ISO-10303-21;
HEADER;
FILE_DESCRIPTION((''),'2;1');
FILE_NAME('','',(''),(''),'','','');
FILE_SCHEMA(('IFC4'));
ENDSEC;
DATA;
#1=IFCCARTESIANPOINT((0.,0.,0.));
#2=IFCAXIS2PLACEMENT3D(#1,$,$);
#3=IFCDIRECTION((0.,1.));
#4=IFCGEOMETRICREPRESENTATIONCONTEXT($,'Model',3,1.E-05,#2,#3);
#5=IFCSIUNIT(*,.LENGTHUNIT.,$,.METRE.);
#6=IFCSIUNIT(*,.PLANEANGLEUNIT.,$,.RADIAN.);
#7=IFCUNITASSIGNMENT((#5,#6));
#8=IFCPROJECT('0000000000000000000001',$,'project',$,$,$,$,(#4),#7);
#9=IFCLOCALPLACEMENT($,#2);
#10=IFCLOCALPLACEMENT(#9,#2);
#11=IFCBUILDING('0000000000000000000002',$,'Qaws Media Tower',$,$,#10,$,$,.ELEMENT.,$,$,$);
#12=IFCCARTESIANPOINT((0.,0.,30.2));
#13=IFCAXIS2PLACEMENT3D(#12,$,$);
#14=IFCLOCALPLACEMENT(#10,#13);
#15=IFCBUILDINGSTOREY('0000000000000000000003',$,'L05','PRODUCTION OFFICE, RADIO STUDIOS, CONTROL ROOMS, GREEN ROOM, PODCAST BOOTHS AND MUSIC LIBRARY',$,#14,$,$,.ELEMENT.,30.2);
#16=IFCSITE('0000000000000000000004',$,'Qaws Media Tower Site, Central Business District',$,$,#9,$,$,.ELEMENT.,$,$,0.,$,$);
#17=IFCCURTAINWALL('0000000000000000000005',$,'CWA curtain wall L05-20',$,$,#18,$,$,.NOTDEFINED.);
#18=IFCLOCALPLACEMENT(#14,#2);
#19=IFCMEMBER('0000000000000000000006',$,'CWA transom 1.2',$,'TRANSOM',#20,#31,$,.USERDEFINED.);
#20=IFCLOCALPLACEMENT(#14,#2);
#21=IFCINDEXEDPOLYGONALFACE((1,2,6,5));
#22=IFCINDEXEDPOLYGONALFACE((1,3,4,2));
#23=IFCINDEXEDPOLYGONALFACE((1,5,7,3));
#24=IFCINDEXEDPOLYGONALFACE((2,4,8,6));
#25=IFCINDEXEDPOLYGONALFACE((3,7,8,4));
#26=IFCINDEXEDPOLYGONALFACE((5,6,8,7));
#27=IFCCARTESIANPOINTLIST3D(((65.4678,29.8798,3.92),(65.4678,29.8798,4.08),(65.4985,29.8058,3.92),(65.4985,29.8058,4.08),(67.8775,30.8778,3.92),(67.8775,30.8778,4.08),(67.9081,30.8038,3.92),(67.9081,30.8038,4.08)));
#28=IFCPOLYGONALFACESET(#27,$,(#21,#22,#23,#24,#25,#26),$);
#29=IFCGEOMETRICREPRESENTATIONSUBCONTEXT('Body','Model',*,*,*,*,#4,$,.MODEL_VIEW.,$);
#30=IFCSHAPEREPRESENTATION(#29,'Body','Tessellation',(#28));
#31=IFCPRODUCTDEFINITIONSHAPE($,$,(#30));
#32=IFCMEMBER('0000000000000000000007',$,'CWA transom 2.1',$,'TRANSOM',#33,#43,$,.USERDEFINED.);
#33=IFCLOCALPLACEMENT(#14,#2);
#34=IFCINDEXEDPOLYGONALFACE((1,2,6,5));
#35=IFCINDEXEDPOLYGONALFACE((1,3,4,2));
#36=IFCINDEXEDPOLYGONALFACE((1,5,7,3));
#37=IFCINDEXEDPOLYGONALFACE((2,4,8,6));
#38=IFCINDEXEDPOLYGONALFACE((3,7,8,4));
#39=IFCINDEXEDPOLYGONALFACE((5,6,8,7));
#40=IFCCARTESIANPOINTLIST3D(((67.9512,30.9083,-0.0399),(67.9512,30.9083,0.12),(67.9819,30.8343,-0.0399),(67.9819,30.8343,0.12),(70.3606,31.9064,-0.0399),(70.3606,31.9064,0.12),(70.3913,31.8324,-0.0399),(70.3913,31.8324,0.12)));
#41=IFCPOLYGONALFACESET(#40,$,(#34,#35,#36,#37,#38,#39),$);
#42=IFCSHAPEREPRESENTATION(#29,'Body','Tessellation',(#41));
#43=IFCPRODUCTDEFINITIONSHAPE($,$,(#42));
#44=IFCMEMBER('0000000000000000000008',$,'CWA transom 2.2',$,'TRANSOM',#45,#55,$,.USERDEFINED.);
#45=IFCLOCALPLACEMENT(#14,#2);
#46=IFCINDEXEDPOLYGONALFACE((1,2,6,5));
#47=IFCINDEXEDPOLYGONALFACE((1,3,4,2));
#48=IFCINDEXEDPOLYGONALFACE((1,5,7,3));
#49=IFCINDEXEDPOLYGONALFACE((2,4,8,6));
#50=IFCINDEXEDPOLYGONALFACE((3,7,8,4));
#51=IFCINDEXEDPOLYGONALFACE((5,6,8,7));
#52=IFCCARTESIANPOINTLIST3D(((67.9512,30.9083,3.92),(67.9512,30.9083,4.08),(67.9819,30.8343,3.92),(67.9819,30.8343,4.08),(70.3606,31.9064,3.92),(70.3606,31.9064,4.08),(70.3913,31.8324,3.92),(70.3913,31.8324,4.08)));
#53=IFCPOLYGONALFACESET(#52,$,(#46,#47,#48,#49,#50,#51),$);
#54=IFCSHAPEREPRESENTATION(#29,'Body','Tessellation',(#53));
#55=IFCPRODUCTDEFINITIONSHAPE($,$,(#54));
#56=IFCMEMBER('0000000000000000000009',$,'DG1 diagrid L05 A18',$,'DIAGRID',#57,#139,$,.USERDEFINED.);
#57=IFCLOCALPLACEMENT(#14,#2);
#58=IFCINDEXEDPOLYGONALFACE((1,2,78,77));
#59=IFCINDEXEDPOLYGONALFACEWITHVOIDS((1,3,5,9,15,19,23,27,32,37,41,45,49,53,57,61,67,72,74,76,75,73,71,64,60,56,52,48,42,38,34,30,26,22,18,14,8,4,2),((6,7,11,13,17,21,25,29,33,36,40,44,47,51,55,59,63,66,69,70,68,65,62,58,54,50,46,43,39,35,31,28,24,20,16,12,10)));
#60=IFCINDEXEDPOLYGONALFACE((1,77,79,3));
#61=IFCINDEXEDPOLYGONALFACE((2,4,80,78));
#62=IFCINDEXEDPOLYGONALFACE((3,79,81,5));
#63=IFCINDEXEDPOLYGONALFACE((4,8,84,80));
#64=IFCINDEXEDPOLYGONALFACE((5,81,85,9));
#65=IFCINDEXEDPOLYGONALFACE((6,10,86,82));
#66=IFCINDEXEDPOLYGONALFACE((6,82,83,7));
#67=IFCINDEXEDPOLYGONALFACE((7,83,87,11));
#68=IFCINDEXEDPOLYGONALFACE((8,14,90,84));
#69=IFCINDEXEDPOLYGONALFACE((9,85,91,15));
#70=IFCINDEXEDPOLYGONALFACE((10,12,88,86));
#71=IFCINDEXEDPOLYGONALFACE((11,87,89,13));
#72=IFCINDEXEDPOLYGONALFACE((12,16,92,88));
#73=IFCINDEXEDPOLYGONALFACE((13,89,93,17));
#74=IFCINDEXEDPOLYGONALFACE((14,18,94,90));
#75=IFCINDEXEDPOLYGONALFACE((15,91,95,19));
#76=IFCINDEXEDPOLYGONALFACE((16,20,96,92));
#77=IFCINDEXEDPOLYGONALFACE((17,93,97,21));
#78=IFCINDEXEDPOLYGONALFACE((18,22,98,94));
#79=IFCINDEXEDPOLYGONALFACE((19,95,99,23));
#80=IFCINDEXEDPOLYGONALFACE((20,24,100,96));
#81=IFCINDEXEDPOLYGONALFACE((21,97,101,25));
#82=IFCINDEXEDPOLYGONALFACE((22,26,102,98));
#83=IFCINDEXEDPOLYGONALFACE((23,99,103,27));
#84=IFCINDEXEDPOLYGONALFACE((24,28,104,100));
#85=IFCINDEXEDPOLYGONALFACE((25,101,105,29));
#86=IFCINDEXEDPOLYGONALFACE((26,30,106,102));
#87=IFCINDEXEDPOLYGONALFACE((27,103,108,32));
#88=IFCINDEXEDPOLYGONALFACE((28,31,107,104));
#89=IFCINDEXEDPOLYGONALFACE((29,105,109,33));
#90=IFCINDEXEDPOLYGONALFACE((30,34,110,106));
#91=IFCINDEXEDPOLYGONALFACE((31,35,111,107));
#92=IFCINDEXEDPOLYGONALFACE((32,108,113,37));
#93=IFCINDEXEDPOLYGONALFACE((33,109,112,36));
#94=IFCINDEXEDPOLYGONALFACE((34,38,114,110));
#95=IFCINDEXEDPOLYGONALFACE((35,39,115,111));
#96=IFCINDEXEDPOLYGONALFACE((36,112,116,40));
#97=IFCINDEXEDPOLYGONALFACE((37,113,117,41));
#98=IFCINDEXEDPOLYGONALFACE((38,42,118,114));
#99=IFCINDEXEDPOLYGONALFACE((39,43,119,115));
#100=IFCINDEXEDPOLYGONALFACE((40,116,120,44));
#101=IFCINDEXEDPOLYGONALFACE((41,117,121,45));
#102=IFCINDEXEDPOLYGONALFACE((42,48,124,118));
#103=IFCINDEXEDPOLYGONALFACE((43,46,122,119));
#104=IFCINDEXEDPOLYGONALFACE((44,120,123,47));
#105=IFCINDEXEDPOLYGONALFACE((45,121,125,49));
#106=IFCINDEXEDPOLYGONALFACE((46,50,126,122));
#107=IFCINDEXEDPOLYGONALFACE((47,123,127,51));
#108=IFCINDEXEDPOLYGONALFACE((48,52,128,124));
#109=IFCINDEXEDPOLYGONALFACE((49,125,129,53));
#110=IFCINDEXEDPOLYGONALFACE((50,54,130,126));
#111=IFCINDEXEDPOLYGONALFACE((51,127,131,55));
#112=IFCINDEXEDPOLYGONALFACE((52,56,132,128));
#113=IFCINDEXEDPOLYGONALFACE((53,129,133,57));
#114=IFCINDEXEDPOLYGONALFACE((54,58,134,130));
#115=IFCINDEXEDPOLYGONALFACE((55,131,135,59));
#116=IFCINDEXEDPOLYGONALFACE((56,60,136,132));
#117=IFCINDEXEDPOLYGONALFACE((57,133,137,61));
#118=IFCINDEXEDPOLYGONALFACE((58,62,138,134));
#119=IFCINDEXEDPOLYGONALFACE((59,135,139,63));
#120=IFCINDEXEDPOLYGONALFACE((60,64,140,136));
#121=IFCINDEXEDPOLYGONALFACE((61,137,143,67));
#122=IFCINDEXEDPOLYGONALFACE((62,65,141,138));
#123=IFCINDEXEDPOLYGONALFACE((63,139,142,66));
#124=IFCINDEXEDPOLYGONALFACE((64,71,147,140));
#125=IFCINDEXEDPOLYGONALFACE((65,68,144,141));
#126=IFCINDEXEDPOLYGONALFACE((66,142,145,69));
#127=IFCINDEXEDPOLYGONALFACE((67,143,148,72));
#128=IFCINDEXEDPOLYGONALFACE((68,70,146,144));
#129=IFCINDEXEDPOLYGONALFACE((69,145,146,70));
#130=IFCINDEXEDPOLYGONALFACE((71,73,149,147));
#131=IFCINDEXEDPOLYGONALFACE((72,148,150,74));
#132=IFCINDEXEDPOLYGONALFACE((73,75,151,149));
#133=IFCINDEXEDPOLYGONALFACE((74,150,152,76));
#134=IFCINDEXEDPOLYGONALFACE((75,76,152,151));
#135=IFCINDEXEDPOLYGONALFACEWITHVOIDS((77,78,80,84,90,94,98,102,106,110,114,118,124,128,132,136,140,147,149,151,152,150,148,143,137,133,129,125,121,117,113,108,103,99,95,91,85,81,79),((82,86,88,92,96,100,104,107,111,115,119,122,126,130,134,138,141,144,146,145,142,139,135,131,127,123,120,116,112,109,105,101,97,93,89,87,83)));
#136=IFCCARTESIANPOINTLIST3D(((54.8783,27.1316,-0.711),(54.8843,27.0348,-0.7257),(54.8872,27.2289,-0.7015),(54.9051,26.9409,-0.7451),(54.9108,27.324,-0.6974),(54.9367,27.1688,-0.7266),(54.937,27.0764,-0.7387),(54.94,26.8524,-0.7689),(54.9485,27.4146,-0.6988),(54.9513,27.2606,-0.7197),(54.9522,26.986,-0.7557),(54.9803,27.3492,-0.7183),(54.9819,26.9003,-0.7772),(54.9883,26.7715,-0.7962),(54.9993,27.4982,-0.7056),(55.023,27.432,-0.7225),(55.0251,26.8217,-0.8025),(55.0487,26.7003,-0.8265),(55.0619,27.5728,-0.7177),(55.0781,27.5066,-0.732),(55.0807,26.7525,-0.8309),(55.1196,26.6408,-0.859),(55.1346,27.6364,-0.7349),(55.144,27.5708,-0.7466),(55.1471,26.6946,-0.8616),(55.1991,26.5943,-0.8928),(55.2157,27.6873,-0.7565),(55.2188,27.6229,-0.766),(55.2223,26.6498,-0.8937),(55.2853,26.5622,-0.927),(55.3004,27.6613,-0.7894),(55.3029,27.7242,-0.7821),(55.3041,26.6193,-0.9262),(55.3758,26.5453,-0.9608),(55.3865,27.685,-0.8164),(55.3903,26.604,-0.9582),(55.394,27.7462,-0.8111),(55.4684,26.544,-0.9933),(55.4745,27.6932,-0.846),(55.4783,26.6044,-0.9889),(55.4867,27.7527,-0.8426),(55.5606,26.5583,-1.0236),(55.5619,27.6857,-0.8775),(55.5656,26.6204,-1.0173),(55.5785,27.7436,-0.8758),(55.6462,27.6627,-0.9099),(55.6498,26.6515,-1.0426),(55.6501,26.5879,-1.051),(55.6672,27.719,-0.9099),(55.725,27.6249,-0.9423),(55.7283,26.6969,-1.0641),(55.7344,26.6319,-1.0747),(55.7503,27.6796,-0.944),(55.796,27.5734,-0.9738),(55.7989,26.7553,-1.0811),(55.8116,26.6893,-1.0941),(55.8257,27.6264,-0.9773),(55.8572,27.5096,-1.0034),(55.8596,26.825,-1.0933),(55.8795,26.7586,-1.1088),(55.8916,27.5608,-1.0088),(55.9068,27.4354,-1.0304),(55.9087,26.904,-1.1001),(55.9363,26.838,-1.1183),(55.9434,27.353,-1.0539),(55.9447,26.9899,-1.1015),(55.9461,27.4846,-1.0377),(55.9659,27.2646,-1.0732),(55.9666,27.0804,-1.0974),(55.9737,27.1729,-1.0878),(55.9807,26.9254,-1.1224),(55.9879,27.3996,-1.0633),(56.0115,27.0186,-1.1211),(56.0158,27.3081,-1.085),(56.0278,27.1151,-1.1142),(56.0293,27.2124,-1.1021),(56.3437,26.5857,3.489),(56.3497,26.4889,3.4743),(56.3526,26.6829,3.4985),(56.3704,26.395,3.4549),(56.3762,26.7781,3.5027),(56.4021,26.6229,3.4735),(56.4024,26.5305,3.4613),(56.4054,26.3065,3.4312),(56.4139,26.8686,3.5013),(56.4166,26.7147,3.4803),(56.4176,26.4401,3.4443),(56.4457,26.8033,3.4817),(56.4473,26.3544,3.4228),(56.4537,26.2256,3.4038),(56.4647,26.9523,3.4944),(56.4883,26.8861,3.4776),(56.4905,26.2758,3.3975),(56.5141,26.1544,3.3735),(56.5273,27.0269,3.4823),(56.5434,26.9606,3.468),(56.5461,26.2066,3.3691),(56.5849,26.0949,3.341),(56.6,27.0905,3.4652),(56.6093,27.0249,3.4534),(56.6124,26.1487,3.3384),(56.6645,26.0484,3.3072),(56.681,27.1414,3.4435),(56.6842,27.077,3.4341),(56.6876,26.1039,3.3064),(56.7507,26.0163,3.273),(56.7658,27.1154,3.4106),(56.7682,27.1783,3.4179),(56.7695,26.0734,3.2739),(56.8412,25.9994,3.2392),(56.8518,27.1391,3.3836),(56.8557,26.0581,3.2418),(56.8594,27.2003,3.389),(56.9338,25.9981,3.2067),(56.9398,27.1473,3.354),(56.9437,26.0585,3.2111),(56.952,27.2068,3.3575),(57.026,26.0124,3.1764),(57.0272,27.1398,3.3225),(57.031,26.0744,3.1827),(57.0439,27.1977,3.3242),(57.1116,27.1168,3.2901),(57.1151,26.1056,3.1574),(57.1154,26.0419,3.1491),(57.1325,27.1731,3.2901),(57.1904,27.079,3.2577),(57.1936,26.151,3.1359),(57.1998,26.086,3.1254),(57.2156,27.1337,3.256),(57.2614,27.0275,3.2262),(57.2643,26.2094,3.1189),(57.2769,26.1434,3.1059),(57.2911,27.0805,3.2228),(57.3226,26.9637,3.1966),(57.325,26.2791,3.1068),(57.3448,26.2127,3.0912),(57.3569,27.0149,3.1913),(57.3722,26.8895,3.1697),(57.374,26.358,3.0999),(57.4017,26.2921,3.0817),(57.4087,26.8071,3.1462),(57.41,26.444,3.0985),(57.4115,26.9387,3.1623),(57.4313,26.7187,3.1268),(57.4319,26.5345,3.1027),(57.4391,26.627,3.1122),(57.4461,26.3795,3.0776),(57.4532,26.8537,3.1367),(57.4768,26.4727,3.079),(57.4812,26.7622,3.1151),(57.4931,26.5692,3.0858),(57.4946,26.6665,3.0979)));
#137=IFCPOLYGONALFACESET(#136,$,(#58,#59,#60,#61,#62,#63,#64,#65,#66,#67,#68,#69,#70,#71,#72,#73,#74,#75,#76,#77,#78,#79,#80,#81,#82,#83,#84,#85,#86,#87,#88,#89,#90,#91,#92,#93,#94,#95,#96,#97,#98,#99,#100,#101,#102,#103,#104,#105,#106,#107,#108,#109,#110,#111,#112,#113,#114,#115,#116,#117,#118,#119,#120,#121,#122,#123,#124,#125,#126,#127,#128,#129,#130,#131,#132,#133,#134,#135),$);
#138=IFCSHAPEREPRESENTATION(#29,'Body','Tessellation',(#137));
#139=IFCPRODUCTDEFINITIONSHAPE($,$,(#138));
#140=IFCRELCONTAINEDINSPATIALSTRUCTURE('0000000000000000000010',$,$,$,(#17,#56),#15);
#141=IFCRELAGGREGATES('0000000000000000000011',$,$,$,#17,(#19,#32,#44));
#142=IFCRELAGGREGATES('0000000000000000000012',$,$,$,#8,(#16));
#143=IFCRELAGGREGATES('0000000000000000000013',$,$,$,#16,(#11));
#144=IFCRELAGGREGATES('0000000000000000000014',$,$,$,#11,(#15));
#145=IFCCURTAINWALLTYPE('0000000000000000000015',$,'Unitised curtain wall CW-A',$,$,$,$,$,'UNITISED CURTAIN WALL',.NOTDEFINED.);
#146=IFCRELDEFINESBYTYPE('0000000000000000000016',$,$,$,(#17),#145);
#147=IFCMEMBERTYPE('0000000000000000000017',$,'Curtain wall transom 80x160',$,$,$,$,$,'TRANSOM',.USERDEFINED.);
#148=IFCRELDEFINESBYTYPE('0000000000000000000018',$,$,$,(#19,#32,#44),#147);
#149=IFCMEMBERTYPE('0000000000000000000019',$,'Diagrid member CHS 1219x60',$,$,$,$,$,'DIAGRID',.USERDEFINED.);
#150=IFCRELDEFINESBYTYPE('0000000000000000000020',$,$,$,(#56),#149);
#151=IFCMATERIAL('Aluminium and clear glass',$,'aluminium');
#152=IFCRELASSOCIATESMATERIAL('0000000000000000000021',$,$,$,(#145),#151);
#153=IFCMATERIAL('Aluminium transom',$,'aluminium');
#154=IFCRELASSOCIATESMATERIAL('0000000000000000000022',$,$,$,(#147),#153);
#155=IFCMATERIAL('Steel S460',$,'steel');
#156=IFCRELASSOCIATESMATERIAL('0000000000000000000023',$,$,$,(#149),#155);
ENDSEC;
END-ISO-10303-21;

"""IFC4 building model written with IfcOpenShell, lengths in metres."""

from ifc_helpers import new_model, si_unit, direction, frame, origin, origin_2d, place, context, subcontext, project, spatial, rectangle, hollow_circle, extrude, material, material_profile, profile_set, type_object, element, aggregate, save


model = new_model("IFC4")

# Units and contexts
model_context = context("Model", 3, precision=1e-05, world=origin(), true_north=direction((0.0, 1.0)))
body_context = subcontext(model_context, "Body", "Model", "MODEL_VIEW")
ifc_project = project(units=[si_unit("LENGTHUNIT", "METRE"), si_unit("PLANEANGLEUNIT", "RADIAN")], contexts=[model_context])

# Site, building, storey
site_placement = place(None, origin())
site = spatial("IfcSite", under=ifc_project, at=site_placement, Name="Qaws Media Tower Site, Central Business District", CompositionType="ELEMENT", RefElevation=0.0)
building_placement = place(site_placement, origin())
building = spatial("IfcBuilding", under=site, at=building_placement, Name="Qaws Media Tower", CompositionType="ELEMENT")
storey_placement = place(building_placement, frame((0.0, 0.0, 30.2)))
storey = spatial("IfcBuildingStorey", under=building, at=storey_placement, Name="L05", Description="PRODUCTION OFFICE, RADIO STUDIOS, CONTROL ROOMS, GREEN ROOM, PODCAST BOOTHS AND MUSIC LIBRARY", CompositionType="ELEMENT", Elevation=30.2)

# Curtain wall
ifc_material_1 = material(Name="Aluminium and clear glass", Category="aluminium")
curtain_wall_type = type_object("IfcCurtainWallType", Name="Unitised curtain wall CW-A", ElementType="UNITISED CURTAIN WALL", PredefinedType="NOTDEFINED", material=ifc_material_1)
curtain_wall_1_placement = place(storey_placement, origin())
curtain_wall_1 = element("IfcCurtainWall", 1, at=curtain_wall_1_placement, inside=storey, type_object=curtain_wall_type, Name="CWA curtain wall L05-20", PredefinedType="NOTDEFINED")

# Members
ifc_material_2 = material(Name="Aluminium transom", Category="aluminium")
ifc_material_profile_1 = material_profile(ifc_material_2, rectangle(XDim=0.0801, YDim=0.1599, at=origin_2d()), Name="80x160")
ifc_profile_set_1 = profile_set([ifc_material_profile_1], Name="Aluminium transom")
member_type_1 = type_object("IfcMemberType", Name="Curtain wall transom 80x160", ElementType="TRANSOM", PredefinedType="USERDEFINED", material=ifc_profile_set_1)
member_1_placement = place(storey_placement, frame((65.4832, 29.8428, 4.0), z_axis=(0.923889, 0.38266, 0.0), x_axis=(-0.38266, 0.923889, 0.0)))
member_1 = element("IfcMember", 2, at=member_1_placement, type_object=member_type_1, Name="CWA transom 1.2", ObjectType="TRANSOM", PredefinedType="USERDEFINED", context=body_context, shape_type="SweptSolid", body=[
    extrude(rectangle(XDim=0.0801, YDim=0.1599, at=origin_2d()), origin(), (0.0, 0.0, 1.0), 2.6082),
])
member_2_placement = place(storey_placement, frame((67.9666, 30.8713, 0.04), z_axis=(0.923875, 0.382694, 0.0), x_axis=(-0.382694, 0.923875, 0.0)))
member_2 = element("IfcMember", 3, at=member_2_placement, type_object=member_type_1, Name="CWA transom 2.1", ObjectType="TRANSOM", PredefinedType="USERDEFINED", context=body_context, shape_type="SweptSolid", body=[
    extrude(rectangle(XDim=0.0801, YDim=0.1599, at=origin_2d()), origin(), (0.0, 0.0, 1.0), 2.6079),
])
member_3_placement = place(storey_placement, frame((67.9666, 30.8713, 4.0), z_axis=(0.923875, 0.382694, 0.0), x_axis=(-0.382694, 0.923875, 0.0)))
member_3 = element("IfcMember", 4, at=member_3_placement, type_object=member_type_1, Name="CWA transom 2.2", ObjectType="TRANSOM", PredefinedType="USERDEFINED", context=body_context, shape_type="SweptSolid", body=[
    extrude(rectangle(XDim=0.0801, YDim=0.1599, at=origin_2d()), origin(), (0.0, 0.0, 1.0), 2.6079),
])

# Member
ifc_material_3 = material(Name="Steel S460", Category="steel")
ifc_material_profile_2 = material_profile(ifc_material_3, hollow_circle(Radius=0.6096, WallThickness=0.0601, at=origin_2d()), Name="CHS 1219x60")
ifc_profile_set_2 = profile_set([ifc_material_profile_2], Name="Steel S460")
member_type_2 = type_object("IfcMemberType", Name="Diagrid member CHS 1219x60", ElementType="DIAGRID", PredefinedType="USERDEFINED", material=ifc_profile_set_2)
member_4_placement = place(storey_placement, frame((55.4543, 27.1477, -0.9099), z_axis=(0.326966, -0.121809, 0.937153), x_axis=(0.349104, 0.937084, 0.0)))
element("IfcMember", 5, at=member_4_placement, inside=storey, type_object=member_type_2, Name="DG1 diagrid L05 A18", ObjectType="DIAGRID", PredefinedType="USERDEFINED", context=body_context, shape_type="SweptSolid", body=[
    extrude(hollow_circle(Radius=0.6096, WallThickness=0.0601, at=origin_2d()), origin(), (0.0, 0.0, 1.0), 4.4817),
])

aggregate(curtain_wall_1, [member_1, member_2, member_3])

save(model, "model.ifc")
